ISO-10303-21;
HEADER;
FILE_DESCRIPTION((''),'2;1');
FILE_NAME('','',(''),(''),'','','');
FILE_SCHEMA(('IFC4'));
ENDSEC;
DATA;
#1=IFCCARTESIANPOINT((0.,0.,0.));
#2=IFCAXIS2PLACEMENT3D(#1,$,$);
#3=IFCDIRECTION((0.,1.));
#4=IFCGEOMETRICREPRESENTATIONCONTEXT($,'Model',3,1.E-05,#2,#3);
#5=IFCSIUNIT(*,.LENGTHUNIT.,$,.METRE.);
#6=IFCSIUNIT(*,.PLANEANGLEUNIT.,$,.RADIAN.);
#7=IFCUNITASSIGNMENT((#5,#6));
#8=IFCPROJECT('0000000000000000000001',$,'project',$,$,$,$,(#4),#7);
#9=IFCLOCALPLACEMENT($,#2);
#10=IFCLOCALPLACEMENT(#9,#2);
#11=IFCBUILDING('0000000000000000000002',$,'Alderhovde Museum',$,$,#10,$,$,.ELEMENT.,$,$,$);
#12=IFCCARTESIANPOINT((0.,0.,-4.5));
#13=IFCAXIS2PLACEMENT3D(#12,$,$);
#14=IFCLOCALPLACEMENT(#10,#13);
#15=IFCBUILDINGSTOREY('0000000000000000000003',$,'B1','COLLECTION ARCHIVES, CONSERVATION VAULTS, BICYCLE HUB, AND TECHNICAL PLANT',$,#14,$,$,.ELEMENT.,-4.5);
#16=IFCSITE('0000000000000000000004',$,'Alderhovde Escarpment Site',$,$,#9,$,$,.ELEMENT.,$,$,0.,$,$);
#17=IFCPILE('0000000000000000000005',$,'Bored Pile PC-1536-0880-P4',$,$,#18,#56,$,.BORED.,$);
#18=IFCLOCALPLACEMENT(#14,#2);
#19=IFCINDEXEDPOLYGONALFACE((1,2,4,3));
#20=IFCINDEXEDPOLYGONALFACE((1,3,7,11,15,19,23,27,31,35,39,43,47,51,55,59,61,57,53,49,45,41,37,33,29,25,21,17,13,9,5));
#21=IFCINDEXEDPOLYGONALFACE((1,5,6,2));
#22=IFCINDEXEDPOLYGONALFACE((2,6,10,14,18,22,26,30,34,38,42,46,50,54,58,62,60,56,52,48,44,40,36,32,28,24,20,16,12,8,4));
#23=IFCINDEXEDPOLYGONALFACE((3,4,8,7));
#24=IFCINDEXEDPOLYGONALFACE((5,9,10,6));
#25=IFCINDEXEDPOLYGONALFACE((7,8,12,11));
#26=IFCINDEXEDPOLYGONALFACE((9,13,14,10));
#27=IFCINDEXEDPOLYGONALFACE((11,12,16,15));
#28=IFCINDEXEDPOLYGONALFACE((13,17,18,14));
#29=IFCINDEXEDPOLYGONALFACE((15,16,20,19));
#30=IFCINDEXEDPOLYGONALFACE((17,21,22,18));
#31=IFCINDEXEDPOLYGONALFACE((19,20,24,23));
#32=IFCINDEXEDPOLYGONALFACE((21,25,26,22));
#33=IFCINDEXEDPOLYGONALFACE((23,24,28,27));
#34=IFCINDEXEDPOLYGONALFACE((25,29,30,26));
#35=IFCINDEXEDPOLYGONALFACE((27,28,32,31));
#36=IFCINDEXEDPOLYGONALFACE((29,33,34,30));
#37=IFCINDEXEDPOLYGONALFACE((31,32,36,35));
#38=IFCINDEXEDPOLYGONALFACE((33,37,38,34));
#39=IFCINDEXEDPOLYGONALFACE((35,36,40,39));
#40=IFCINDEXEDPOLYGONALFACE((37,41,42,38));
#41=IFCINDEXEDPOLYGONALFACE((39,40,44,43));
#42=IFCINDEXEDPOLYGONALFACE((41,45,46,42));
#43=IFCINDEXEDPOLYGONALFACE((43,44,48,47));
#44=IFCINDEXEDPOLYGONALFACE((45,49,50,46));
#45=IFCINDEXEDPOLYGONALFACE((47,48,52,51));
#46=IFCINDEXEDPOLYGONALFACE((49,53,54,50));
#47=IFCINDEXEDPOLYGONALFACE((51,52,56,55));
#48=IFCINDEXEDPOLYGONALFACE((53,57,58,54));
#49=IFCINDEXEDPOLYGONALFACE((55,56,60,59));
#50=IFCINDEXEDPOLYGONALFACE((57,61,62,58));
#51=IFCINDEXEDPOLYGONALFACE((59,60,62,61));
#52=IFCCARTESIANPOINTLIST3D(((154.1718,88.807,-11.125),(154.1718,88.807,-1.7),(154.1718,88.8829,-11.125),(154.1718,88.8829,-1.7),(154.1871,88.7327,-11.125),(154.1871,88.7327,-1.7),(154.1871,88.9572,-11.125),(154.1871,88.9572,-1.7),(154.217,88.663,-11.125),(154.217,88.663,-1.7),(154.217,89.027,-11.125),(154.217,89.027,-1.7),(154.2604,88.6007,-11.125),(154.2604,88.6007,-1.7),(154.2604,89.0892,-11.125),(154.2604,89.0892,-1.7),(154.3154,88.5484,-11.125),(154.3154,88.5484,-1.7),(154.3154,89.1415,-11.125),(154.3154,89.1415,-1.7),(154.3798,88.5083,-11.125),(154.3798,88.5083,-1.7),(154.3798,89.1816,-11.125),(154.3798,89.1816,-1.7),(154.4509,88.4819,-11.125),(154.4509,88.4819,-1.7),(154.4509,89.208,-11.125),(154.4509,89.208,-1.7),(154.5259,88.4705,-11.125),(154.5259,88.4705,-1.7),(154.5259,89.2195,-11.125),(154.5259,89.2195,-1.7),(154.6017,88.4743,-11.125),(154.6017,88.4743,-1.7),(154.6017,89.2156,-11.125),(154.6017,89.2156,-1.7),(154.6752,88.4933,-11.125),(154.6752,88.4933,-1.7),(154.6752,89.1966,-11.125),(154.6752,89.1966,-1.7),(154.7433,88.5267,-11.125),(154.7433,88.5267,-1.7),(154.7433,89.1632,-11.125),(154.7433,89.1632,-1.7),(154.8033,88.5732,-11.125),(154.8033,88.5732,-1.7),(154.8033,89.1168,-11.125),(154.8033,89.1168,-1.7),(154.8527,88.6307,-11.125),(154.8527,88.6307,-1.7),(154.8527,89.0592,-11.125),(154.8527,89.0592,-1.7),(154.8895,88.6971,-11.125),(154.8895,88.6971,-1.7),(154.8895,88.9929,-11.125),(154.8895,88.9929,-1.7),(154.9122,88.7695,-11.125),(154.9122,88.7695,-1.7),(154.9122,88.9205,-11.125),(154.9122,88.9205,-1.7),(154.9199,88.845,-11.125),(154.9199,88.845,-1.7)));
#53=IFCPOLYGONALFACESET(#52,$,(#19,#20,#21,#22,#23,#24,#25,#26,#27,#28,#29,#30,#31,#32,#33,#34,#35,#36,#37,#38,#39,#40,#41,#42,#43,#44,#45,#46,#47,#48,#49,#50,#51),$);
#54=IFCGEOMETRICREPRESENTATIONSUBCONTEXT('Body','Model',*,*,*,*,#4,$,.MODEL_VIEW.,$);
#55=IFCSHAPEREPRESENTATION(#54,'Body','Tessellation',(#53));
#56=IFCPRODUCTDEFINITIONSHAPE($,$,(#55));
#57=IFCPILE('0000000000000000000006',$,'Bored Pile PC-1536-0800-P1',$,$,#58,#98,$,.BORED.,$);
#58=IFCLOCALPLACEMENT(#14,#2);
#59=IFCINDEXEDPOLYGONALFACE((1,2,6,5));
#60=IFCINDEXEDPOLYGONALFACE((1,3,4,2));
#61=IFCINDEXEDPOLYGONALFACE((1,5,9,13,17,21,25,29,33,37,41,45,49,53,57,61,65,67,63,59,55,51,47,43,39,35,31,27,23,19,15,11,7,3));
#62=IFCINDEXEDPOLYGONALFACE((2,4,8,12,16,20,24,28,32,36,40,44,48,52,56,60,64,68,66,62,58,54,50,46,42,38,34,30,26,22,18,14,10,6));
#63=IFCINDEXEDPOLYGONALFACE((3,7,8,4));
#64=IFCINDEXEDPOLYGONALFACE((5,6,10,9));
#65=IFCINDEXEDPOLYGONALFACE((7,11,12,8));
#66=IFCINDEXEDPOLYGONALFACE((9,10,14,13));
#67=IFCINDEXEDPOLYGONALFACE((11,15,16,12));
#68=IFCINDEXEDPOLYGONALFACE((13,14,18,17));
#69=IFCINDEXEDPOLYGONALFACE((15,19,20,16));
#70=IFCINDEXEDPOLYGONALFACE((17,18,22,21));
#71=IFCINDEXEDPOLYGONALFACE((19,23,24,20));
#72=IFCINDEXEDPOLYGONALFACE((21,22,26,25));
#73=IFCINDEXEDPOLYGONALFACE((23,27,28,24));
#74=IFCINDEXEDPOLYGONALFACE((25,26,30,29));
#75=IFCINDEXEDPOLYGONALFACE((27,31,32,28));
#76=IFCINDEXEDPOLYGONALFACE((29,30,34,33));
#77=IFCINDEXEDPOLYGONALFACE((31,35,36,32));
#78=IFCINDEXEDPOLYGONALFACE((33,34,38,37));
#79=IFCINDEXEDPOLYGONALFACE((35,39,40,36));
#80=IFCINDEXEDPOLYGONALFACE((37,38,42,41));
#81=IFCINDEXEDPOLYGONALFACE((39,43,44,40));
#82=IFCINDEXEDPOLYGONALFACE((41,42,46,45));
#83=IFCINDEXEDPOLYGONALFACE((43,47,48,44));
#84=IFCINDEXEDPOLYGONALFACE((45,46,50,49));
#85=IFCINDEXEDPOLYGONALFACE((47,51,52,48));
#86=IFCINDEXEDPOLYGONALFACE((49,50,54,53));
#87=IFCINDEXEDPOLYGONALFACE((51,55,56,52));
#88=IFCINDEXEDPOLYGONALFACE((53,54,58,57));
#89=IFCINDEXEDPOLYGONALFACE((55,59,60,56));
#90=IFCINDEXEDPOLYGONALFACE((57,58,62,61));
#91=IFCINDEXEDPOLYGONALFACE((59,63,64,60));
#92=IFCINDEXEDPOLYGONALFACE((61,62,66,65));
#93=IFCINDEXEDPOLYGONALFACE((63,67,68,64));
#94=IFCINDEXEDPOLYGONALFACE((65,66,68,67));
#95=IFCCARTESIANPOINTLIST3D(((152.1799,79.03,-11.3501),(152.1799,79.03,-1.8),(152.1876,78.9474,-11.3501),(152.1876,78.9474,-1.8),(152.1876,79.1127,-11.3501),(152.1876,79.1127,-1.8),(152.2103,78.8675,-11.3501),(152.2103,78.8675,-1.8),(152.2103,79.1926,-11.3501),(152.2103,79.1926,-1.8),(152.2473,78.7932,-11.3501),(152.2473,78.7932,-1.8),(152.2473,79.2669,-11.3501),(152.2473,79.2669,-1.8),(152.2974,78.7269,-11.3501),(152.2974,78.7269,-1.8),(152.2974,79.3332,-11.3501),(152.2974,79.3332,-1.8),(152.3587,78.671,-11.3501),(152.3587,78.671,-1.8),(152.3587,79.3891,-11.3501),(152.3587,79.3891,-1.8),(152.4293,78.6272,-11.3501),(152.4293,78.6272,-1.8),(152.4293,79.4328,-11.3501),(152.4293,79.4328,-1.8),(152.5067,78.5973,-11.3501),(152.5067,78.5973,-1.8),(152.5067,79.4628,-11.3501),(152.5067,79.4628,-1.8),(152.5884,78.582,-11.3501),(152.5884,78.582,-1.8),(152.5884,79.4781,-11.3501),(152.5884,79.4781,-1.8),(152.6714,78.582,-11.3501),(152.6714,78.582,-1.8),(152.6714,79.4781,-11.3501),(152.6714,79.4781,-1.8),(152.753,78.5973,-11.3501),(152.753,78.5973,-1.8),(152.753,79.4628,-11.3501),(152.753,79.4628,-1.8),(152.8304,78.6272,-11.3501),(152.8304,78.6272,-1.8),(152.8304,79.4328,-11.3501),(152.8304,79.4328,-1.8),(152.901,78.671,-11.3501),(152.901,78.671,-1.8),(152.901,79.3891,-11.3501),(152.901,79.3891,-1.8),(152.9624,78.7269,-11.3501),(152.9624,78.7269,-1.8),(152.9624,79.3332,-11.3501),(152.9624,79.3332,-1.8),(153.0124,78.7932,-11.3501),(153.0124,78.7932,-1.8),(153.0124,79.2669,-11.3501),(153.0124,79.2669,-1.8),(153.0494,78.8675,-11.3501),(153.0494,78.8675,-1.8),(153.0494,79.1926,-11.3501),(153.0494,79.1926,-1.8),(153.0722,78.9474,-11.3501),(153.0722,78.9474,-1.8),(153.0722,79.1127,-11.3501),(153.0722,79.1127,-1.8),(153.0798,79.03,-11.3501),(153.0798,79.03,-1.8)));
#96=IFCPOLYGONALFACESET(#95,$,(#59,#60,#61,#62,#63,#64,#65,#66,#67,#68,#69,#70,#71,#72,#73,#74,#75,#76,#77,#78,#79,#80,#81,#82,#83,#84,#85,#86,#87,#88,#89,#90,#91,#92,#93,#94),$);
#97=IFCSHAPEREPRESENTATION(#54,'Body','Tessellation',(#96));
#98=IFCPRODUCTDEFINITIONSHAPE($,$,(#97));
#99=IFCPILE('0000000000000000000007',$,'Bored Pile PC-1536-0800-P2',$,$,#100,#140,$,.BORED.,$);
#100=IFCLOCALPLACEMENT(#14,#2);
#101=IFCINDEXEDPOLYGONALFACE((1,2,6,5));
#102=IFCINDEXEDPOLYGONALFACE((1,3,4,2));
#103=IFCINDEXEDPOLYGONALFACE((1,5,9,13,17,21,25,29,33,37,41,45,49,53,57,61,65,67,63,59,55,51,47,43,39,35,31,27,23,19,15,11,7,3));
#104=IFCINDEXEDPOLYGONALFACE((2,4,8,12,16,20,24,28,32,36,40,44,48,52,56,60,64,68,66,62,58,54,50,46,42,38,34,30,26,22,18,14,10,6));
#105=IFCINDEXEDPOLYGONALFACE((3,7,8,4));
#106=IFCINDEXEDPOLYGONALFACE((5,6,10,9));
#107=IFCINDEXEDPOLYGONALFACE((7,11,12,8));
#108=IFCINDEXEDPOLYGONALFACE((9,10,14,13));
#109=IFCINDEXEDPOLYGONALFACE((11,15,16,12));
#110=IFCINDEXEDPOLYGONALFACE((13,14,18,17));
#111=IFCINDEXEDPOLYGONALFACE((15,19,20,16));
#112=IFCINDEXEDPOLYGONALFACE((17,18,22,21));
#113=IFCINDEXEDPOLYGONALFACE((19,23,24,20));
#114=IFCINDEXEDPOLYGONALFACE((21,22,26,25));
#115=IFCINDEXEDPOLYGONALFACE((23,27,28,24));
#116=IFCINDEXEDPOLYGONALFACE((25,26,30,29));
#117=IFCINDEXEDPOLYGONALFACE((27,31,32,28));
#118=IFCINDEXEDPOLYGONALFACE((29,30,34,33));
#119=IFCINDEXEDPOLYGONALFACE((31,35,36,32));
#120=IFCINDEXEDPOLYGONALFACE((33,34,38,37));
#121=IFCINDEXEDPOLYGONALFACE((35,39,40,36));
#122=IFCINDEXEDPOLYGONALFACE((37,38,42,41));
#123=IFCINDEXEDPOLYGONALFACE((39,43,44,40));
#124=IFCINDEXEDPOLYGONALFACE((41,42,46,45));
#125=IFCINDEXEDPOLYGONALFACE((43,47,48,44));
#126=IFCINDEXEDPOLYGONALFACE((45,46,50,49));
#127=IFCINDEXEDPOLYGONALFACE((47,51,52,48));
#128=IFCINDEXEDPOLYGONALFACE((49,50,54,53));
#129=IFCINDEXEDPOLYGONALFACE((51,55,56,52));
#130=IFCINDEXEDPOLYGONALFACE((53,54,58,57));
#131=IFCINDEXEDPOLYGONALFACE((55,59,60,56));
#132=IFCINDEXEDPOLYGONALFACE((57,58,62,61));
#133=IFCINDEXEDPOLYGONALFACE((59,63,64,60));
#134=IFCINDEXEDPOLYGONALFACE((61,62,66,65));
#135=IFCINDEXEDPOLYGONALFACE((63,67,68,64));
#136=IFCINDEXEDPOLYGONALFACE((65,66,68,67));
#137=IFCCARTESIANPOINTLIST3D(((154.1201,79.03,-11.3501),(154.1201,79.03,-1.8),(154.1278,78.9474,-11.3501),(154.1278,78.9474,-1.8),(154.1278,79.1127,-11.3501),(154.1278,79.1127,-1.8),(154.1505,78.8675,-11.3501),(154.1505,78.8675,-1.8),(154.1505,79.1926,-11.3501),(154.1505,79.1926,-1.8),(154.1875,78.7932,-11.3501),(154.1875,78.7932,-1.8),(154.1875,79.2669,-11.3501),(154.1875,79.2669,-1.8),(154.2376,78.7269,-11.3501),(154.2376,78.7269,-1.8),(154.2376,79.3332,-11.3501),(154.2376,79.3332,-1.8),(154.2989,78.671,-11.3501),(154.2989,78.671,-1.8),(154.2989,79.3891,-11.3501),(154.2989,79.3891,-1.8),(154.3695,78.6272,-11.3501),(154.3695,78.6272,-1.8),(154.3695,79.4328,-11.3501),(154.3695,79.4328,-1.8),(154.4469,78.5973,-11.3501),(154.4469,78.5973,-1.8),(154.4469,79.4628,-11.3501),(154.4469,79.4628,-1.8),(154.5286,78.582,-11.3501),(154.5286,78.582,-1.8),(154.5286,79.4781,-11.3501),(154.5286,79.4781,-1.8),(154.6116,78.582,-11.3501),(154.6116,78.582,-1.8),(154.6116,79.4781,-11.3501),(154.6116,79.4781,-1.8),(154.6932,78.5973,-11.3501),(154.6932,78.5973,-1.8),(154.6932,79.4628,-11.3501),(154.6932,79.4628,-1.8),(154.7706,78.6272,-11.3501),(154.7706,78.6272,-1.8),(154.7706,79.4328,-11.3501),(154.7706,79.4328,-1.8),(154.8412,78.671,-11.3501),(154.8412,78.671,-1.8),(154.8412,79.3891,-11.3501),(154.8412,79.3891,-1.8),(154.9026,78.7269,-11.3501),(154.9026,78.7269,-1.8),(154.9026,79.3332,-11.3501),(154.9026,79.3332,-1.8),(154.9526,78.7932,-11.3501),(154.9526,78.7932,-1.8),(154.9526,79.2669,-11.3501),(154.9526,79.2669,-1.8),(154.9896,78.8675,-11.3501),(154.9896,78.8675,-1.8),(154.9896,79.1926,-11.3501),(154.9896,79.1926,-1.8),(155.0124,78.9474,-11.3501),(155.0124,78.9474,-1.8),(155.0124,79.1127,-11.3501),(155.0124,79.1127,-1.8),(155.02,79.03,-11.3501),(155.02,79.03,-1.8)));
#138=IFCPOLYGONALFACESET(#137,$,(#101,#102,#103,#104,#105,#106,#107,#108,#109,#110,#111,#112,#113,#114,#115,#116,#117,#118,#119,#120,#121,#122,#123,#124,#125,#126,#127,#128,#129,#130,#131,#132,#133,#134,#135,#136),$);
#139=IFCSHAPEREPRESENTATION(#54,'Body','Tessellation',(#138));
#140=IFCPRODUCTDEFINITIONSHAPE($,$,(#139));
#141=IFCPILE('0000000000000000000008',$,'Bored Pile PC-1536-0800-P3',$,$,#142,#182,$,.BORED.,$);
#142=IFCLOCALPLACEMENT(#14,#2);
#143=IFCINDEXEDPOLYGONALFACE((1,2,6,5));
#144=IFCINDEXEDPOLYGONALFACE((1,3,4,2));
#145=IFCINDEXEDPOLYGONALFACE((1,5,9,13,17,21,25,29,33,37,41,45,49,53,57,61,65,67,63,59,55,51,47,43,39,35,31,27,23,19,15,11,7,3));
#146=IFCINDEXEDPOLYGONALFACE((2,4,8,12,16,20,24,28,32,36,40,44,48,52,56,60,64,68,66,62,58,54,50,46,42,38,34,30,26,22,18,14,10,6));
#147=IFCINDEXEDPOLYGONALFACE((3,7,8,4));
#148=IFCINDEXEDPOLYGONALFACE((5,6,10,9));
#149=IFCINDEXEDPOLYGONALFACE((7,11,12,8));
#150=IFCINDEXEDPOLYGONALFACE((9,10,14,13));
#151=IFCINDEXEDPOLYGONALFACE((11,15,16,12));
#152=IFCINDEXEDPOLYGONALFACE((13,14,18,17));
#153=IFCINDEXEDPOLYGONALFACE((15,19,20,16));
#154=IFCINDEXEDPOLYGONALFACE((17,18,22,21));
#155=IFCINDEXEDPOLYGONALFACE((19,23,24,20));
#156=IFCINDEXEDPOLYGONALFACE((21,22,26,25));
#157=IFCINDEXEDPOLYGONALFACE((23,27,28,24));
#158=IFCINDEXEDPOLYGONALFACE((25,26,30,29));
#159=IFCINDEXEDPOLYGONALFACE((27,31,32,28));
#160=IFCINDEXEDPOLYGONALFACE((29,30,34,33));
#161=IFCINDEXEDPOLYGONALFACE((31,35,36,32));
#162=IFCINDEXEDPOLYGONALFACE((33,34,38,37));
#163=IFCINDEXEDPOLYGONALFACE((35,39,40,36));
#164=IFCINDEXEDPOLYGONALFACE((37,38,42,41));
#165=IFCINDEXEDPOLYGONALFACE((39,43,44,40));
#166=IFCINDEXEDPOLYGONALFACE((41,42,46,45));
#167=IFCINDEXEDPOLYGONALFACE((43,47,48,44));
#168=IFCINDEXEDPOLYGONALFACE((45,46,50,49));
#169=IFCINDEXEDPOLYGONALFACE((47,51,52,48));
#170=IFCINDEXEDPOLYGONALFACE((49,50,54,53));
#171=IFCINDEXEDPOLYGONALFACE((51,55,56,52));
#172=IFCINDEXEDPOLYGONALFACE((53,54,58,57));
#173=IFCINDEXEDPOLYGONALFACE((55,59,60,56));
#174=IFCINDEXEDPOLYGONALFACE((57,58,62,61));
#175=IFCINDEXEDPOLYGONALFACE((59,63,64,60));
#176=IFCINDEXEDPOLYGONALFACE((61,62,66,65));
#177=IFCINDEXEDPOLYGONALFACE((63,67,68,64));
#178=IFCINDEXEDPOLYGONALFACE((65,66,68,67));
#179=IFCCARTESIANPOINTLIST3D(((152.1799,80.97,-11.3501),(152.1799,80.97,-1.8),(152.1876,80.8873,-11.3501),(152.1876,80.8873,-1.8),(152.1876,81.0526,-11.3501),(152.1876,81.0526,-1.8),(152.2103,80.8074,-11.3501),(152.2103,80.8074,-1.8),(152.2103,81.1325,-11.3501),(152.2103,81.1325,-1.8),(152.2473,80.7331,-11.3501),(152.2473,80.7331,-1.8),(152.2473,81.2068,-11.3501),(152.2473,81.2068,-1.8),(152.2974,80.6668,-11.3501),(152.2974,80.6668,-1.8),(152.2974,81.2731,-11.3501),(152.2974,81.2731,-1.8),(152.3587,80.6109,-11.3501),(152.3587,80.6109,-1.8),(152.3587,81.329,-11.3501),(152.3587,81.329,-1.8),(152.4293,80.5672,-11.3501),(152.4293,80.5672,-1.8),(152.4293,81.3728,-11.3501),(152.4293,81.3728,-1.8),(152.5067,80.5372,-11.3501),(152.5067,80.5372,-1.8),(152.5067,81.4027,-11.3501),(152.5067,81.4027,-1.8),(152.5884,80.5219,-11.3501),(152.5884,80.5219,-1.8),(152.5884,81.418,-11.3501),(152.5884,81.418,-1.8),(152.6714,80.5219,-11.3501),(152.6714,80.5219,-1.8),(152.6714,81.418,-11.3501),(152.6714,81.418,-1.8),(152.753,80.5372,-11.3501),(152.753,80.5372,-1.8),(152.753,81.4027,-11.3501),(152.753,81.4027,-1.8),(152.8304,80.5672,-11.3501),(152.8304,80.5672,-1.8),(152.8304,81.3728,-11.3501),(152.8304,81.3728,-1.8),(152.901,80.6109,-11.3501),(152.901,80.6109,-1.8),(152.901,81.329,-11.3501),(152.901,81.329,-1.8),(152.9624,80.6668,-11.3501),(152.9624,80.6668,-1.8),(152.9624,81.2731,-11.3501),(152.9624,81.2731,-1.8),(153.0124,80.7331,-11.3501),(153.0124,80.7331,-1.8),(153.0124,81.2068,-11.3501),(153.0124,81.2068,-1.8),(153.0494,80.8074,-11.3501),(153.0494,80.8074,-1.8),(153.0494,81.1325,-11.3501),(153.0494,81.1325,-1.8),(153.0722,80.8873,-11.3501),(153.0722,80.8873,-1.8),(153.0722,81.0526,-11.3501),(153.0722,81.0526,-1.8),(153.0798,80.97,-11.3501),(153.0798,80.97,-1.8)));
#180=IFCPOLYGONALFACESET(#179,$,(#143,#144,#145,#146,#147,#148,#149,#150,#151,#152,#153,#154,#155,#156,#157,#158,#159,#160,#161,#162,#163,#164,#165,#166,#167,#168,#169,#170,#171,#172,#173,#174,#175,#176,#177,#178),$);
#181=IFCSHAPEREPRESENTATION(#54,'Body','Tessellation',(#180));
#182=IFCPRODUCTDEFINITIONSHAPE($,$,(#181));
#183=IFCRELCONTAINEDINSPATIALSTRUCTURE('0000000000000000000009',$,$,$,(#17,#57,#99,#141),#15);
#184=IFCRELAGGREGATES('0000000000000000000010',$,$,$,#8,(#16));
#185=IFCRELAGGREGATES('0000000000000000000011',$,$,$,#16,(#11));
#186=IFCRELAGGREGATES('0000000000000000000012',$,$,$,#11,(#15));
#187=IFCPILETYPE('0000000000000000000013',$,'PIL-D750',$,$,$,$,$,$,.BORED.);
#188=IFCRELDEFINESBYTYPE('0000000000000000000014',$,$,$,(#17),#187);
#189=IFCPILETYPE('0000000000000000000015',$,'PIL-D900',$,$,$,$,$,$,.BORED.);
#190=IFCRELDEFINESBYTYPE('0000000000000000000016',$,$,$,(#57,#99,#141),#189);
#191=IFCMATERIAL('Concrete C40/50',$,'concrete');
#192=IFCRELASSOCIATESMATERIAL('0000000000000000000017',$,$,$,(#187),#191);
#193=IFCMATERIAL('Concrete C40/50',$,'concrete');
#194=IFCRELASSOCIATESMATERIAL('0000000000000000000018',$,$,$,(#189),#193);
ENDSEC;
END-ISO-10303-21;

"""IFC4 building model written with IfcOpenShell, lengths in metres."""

from ifc_helpers import new_model, si_unit, direction, frame, origin, origin_2d, place, context, subcontext, project, spatial, circle, extrude, material, material_profile, profile_set, type_object, element, save


model = new_model("IFC4")

# Units and contexts
model_context = context("Model", 3, precision=1e-05, world=origin(), true_north=direction((0.0, 1.0)))
body_context = subcontext(model_context, "Body", "Model", "MODEL_VIEW")
ifc_project = project(units=[si_unit("LENGTHUNIT", "METRE"), si_unit("PLANEANGLEUNIT", "RADIAN")], contexts=[model_context])

# Site, building, storey
site_placement = place(None, origin())
site = spatial("IfcSite", under=ifc_project, at=site_placement, Name="Alderhovde Escarpment Site", CompositionType="ELEMENT", RefElevation=0.0)
building_placement = place(site_placement, origin())
building = spatial("IfcBuilding", under=site, at=building_placement, Name="Alderhovde Museum", CompositionType="ELEMENT")
storey_placement = place(building_placement, frame((0.0, 0.0, -4.5)))
storey = spatial("IfcBuildingStorey", under=building, at=storey_placement, Name="B1", Description="COLLECTION ARCHIVES, CONSERVATION VAULTS, BICYCLE HUB, AND TECHNICAL PLANT", CompositionType="ELEMENT", Elevation=-4.5)

# Piles
ifc_material_1 = material(Name="Concrete C40/50", Category="concrete")
ifc_material_profile_1 = material_profile(ifc_material_1, circle(Radius=0.375, at=origin_2d()), Name="PILE-D750")
ifc_profile_set_1 = profile_set([ifc_material_profile_1], Name="Concrete C40/50")
pile_type_1 = type_object("IfcPileType", Name="PIL-D750", PredefinedType="BORED", material=ifc_profile_set_1)
for number, where, z_axis, x_axis, name in (
    (1, (154.5449, 88.845, -1.7), (0.0, 0.0, -1.0), (1.0, 0.0, 0.0), "Bored Pile PC-1536-0880-P4"),
):
    element("IfcPile", number, at=place(storey_placement, frame(where, z_axis=z_axis, x_axis=x_axis)), inside=storey, type_object=pile_type_1, Name=name, PredefinedType="BORED", context=body_context, shape_type="SweptSolid", body=[
        extrude(circle(Radius=0.375, at=origin_2d()), origin(), (0.0, 0.0, 1.0), 9.425),
    ])
ifc_material_2 = material(Name="Concrete C40/50", Category="concrete")
ifc_material_profile_2 = material_profile(ifc_material_2, circle(Radius=0.45, at=origin_2d()), Name="PILE-D900")
ifc_profile_set_2 = profile_set([ifc_material_profile_2], Name="Concrete C40/50")
pile_type_2 = type_object("IfcPileType", Name="PIL-D900", PredefinedType="BORED", material=ifc_profile_set_2)
for number, where, z_axis, x_axis, name in (
    (2, (152.6299, 79.03, -1.8), (0.0, 0.0, -1.0), (1.0, 0.0, 0.0), "Bored Pile PC-1536-0800-P1"),
    (3, (154.5701, 79.03, -1.8), (0.0, 0.0, -1.0), (1.0, 0.0, 0.0), "Bored Pile PC-1536-0800-P2"),
    (4, (152.6299, 80.97, -1.8), (0.0, 0.0, -1.0), (1.0, 0.0, 0.0), "Bored Pile PC-1536-0800-P3"),
):
    element("IfcPile", number, at=place(storey_placement, frame(where, z_axis=z_axis, x_axis=x_axis)), inside=storey, type_object=pile_type_2, Name=name, PredefinedType="BORED", context=body_context, shape_type="SweptSolid", body=[
        extrude(circle(Radius=0.45, at=origin_2d()), origin(), (0.0, 0.0, 1.0), 9.55),
    ])

save(model, "model.ifc")
